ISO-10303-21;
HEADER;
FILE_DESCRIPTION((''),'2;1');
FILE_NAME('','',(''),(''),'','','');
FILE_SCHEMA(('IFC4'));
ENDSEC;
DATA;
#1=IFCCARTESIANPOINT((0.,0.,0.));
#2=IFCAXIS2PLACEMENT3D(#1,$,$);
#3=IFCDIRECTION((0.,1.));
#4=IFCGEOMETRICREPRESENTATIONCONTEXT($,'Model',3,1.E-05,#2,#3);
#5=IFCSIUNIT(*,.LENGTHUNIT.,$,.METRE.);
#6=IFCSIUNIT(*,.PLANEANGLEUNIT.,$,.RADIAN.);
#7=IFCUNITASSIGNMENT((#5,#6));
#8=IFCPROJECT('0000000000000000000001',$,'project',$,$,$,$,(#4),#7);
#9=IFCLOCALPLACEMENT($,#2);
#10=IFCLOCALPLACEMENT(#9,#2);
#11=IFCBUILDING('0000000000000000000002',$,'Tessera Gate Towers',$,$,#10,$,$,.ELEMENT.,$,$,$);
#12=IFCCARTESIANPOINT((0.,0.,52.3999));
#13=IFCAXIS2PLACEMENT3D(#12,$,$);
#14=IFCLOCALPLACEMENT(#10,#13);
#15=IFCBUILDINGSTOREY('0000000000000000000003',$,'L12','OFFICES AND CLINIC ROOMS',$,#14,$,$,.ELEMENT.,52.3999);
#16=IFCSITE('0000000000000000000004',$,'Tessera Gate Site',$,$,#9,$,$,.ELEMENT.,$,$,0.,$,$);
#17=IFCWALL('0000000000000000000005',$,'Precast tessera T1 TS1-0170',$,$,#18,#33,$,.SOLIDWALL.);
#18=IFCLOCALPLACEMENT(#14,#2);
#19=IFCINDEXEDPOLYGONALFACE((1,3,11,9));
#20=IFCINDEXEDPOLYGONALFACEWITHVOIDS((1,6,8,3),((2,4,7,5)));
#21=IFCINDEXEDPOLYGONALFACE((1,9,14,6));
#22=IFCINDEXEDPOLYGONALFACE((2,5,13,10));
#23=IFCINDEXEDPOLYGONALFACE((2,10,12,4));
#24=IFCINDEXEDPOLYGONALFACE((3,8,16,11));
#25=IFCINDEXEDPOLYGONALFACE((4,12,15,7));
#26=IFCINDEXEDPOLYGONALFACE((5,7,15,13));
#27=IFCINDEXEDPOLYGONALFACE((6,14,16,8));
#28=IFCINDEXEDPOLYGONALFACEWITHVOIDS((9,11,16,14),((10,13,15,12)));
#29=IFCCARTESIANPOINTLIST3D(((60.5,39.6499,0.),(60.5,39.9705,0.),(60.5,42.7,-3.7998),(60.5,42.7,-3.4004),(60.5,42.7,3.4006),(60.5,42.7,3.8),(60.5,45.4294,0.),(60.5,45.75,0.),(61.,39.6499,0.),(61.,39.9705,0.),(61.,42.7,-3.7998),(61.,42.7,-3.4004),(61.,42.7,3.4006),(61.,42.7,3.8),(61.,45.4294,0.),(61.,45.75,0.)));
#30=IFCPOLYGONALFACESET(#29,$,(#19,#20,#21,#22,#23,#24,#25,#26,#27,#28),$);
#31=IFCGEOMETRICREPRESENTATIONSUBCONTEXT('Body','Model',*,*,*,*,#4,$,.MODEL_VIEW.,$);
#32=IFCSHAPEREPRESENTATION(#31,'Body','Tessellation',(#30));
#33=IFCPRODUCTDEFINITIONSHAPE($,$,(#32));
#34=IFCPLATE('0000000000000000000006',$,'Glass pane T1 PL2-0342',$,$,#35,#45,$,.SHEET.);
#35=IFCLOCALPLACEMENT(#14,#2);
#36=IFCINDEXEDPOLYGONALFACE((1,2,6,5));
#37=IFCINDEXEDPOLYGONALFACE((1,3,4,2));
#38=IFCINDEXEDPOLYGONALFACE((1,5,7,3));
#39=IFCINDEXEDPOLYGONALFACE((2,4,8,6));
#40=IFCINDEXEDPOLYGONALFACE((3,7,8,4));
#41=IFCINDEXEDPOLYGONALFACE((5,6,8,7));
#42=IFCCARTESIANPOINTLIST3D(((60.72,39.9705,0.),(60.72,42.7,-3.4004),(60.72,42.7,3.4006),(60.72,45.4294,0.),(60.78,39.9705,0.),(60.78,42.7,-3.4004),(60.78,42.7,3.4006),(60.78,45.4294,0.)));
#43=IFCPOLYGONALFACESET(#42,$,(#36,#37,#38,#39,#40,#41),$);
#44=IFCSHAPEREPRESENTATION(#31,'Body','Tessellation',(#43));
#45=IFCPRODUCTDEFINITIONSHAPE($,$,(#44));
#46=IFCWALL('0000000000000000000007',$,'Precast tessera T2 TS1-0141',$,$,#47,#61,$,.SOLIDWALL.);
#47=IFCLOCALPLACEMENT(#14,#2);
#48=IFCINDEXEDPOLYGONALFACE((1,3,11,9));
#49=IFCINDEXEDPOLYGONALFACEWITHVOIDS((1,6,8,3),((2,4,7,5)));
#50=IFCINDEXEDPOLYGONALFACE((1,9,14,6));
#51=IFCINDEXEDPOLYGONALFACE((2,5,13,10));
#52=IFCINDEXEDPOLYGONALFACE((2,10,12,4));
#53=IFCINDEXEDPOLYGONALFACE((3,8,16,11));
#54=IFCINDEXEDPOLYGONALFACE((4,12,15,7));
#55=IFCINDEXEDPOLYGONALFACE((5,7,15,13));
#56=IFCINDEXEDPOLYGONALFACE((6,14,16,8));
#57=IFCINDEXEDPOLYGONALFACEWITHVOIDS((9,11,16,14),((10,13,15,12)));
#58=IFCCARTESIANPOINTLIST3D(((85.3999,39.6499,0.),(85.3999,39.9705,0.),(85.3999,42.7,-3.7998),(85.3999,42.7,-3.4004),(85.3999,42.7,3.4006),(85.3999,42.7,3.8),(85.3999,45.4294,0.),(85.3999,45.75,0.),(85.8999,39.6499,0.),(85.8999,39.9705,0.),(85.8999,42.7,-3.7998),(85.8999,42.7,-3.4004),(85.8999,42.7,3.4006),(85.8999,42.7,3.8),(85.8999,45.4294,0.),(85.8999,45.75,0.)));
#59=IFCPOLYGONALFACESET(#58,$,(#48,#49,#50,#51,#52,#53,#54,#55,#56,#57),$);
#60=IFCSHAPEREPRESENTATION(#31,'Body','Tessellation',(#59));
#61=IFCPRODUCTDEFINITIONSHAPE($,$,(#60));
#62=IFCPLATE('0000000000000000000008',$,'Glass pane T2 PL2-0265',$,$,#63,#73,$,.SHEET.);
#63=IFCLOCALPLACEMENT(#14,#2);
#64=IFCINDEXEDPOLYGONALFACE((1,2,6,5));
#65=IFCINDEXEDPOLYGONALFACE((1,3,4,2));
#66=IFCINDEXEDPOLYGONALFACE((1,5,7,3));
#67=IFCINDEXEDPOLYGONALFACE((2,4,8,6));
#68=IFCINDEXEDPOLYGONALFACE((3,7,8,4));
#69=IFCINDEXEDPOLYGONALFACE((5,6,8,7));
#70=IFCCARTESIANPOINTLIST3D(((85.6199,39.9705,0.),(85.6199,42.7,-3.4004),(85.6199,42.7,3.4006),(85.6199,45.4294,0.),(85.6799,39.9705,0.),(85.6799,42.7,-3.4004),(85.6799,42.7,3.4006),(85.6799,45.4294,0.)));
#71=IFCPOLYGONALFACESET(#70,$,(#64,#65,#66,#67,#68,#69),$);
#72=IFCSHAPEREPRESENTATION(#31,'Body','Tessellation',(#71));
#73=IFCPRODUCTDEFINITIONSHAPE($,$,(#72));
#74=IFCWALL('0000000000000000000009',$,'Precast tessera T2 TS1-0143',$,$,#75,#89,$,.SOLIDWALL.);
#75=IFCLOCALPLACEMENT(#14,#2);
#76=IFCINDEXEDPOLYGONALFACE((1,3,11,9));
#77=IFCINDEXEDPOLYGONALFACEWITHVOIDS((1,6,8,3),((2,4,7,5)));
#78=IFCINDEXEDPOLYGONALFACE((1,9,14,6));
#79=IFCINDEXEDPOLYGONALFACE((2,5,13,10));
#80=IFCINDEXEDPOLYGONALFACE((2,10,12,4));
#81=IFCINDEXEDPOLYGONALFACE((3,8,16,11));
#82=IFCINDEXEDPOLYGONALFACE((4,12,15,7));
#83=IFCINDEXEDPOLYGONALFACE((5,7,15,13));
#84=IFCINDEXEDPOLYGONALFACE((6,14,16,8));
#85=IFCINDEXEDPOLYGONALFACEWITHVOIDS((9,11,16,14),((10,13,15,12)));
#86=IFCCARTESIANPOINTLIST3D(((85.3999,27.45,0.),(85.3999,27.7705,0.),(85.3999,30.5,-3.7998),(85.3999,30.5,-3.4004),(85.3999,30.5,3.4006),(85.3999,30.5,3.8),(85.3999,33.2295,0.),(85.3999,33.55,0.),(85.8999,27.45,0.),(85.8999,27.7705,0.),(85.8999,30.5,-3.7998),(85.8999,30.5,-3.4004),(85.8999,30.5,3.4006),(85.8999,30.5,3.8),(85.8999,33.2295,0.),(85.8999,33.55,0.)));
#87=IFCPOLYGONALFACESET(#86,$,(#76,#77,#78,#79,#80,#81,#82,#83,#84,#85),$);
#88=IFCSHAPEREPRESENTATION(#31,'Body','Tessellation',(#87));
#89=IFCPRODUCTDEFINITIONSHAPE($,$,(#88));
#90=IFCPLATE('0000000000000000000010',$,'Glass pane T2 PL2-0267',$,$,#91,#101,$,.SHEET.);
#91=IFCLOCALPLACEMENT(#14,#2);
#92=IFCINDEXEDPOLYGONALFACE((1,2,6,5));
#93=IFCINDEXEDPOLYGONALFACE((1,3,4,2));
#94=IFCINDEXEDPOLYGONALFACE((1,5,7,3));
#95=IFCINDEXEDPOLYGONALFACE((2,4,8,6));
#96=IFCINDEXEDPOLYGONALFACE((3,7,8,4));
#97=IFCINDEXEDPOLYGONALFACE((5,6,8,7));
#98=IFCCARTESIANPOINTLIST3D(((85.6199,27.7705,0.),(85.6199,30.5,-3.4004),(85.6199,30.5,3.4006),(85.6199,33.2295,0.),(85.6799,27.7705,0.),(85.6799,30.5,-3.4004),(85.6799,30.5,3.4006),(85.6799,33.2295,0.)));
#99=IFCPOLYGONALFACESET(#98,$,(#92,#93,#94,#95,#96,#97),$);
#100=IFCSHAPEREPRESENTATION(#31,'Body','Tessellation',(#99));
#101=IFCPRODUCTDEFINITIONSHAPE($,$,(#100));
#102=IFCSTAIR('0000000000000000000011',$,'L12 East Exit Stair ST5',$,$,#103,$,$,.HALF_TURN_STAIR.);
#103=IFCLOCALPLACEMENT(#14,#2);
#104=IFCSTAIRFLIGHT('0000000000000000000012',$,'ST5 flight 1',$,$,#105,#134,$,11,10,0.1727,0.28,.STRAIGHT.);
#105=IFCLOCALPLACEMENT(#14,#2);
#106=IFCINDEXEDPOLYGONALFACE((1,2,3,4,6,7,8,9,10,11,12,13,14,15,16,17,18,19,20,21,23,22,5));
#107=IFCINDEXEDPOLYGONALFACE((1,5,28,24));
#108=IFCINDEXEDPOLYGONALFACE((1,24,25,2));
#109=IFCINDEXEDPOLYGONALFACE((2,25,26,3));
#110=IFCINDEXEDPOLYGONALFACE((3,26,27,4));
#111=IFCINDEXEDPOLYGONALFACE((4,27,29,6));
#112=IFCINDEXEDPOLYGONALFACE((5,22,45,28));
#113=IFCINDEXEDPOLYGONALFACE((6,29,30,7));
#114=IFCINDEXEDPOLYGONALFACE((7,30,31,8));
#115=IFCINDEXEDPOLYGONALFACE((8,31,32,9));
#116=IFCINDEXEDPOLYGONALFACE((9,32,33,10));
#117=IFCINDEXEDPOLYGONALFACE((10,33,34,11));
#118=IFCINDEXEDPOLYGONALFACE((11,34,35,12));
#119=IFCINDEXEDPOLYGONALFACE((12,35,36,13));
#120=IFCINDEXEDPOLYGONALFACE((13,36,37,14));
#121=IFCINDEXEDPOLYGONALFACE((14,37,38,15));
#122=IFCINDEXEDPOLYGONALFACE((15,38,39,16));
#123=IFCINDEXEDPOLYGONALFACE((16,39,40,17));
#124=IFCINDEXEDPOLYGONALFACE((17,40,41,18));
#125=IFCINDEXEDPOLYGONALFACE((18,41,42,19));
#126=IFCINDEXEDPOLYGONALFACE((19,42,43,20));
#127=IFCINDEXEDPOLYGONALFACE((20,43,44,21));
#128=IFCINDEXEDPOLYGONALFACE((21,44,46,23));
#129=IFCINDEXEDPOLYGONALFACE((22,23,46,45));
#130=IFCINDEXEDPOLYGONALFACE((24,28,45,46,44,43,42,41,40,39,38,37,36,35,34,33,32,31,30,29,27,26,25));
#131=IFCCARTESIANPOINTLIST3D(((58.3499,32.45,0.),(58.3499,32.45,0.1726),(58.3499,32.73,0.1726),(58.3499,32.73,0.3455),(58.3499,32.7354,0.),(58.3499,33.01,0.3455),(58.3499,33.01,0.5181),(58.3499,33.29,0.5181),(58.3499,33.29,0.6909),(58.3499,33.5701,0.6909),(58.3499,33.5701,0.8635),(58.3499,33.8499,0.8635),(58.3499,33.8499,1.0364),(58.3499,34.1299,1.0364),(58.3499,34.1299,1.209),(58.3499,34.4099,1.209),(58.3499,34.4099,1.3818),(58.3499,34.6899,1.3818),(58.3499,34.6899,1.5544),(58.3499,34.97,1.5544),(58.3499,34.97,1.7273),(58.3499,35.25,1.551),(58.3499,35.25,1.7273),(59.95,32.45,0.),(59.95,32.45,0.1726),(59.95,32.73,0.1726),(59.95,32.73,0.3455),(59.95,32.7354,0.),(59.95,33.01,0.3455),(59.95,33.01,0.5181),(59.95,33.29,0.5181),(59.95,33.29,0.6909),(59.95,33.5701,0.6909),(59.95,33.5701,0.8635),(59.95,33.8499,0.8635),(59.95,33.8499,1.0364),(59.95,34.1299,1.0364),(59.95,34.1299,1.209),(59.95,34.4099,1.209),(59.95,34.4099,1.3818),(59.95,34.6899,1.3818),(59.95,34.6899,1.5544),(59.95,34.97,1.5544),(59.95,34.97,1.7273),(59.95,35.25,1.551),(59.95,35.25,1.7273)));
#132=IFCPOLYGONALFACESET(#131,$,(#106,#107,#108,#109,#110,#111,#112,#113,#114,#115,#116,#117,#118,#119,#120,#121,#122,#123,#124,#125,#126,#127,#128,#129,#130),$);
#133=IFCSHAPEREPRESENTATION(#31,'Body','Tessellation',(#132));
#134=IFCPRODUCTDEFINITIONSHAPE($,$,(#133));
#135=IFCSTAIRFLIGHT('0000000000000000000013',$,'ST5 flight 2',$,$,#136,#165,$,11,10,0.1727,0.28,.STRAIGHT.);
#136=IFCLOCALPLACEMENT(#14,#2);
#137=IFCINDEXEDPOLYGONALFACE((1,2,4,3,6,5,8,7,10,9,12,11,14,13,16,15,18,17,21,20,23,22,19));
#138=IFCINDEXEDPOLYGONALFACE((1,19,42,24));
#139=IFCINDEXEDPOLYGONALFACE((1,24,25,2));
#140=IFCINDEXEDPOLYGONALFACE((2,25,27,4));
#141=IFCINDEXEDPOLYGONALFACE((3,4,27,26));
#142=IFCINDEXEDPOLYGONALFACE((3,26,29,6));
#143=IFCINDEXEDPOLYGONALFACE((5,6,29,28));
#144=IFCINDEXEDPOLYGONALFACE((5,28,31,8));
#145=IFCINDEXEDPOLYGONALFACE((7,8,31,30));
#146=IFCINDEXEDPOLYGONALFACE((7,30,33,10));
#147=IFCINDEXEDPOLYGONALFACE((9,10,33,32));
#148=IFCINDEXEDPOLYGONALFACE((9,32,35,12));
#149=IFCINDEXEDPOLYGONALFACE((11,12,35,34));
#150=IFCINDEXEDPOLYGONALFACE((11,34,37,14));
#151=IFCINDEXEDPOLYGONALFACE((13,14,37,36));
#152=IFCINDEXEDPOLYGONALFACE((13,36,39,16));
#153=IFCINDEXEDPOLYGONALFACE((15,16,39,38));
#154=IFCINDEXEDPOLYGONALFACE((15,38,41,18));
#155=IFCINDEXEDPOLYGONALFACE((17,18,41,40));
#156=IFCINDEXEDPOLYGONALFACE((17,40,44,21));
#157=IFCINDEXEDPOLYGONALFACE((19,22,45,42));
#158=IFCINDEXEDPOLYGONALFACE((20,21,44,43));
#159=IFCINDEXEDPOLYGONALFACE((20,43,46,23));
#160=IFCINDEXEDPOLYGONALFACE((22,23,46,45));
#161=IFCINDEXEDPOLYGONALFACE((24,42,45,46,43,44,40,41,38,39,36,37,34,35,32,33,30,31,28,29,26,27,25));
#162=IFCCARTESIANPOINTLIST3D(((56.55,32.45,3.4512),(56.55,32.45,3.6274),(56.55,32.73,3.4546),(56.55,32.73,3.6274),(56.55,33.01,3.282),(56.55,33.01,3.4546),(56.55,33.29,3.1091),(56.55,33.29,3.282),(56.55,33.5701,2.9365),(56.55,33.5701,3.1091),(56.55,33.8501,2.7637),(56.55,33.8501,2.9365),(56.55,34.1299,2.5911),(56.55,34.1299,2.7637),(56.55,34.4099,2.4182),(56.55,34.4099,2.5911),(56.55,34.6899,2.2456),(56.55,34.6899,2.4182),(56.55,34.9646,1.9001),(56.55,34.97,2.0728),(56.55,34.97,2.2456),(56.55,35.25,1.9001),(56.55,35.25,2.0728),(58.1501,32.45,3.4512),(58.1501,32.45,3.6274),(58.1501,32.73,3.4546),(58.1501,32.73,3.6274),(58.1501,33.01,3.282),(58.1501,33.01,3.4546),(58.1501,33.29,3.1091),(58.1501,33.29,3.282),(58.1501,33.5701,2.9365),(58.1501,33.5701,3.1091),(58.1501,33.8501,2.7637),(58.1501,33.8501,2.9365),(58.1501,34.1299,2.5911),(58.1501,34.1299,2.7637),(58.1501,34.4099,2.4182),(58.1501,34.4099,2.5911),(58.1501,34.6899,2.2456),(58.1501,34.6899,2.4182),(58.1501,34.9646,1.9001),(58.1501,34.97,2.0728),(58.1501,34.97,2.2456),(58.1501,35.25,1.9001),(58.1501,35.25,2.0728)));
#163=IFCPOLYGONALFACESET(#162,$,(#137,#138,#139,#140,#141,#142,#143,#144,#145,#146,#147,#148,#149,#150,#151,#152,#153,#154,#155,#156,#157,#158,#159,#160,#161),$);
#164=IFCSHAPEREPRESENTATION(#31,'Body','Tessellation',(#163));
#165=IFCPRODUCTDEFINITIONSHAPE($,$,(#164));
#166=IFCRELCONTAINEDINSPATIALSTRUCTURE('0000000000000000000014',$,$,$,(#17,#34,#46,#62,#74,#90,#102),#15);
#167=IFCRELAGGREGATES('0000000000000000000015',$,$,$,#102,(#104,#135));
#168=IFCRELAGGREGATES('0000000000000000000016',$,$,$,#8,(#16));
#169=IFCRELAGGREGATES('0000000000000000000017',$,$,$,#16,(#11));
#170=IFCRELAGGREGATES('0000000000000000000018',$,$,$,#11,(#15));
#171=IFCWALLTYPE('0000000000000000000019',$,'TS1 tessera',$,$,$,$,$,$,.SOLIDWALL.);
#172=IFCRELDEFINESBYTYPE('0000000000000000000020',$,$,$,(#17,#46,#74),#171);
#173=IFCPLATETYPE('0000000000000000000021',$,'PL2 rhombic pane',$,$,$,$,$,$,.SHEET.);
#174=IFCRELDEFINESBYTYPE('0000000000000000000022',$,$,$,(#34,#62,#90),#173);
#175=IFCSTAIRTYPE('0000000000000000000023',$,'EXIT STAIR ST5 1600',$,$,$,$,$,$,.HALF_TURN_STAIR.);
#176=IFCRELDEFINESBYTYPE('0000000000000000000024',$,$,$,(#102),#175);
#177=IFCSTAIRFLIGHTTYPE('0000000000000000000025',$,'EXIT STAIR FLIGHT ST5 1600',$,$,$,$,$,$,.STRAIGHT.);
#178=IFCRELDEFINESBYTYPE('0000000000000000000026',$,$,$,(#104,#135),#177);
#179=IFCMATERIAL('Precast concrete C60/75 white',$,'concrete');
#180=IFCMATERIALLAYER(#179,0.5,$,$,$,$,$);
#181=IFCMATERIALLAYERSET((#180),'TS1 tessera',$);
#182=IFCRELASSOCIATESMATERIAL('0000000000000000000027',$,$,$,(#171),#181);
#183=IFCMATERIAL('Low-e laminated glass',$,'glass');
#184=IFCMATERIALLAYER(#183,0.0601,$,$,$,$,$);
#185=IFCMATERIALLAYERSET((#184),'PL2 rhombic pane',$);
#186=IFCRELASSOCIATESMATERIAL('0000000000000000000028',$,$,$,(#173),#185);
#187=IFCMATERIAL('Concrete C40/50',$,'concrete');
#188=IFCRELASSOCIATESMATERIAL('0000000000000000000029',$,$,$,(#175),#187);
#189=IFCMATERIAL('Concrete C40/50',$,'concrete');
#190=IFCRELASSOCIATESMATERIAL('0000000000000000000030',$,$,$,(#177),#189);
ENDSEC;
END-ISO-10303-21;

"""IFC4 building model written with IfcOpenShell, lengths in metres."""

from ifc_helpers import new_model, si_unit, direction, frame, origin, place, context, subcontext, project, spatial, polyline, outline, extrude, source, transform, mapped, material, layer, layer_set, type_object, element, fill, aggregate, save


model = new_model("IFC4")

# Units and contexts
model_context = context("Model", 3, precision=1e-05, world=origin(), true_north=direction((0.0, 1.0)))
body_context = subcontext(model_context, "Body", "Model", "MODEL_VIEW")
ifc_project = project(units=[si_unit("LENGTHUNIT", "METRE"), si_unit("PLANEANGLEUNIT", "RADIAN")], contexts=[model_context])

# Site, building, storey
site_placement = place(None, origin())
site = spatial("IfcSite", under=ifc_project, at=site_placement, Name="Tessera Gate Site", CompositionType="ELEMENT", RefElevation=0.0)
building_placement = place(site_placement, origin())
building = spatial("IfcBuilding", under=site, at=building_placement, Name="Tessera Gate Towers", CompositionType="ELEMENT")
storey_placement = place(building_placement, frame((0.0, 0.0, 52.3999)))
storey = spatial("IfcBuildingStorey", under=building, at=storey_placement, Name="L12", Description="OFFICES AND CLINIC ROOMS", CompositionType="ELEMENT", Elevation=52.3999)

# Walls, openings, plates
ifc_material_1 = material(Name="Precast concrete C60/75 white", Category="concrete")
ifc_layer_1 = layer(ifc_material_1, 0.5)
ifc_layer_set_1 = layer_set([ifc_layer_1], Name="TS1 tessera")
wall_type_1 = type_object("IfcWallType", Name="TS1 tessera", PredefinedType="SOLIDWALL", material=ifc_layer_set_1)
shared_shape_1 = source(origin(), body_context, "Body", "SweptSolid", [
    extrude(outline(polyline([(3.05, 0.0), (6.1001, 3.7998), (3.05, 7.5999), (0.0, 3.7998), (3.05, 0.0)])), frame((0.0, 0.25, 0.0), z_axis=(0.0, -1.0, 0.0), x_axis=(1.0, 0.0, 0.0)), (0.0, 0.0, 1.0), 0.5),
])
wall_1_placement = place(storey_placement, frame((60.75, 39.6499, -3.7998), z_axis=(0.0, 0.0, 1.0), x_axis=(0.0, 1.0, 0.0)))
wall_1 = element("IfcWall", 1, at=wall_1_placement, inside=storey, type_object=wall_type_1, Name="Precast tessera T1 TS1-0170", PredefinedType="SOLIDWALL", context=body_context, shape_type="MappedRepresentation", body=[
    mapped(shared_shape_1, transform((0.0, 0.0, 0.0), scale=1.0)),
])
shared_shape_2 = source(origin(), body_context, "Body", "SweptSolid", [
    extrude(outline(polyline([(3.05, 0.3994), (5.7795, 3.7998), (3.05, 7.2004), (0.3206, 3.7998), (3.05, 0.3994)])), frame((0.0, 0.26, 0.0), z_axis=(0.0, -1.0, 0.0), x_axis=(1.0, 0.0, 0.0)), (0.0, 0.0, 1.0), 0.52),
])
opening_1_placement = place(wall_1_placement, origin())
opening_1 = element("IfcOpeningElement", 2, at=opening_1_placement, cuts=wall_1, PredefinedType="OPENING", context=body_context, shape_type="MappedRepresentation", body=[
    mapped(shared_shape_2, transform((0.0, 0.0, 0.0), scale=1.0)),
])
ifc_material_2 = material(Name="Low-e laminated glass", Category="glass")
ifc_layer_2 = layer(ifc_material_2, 0.0601)
ifc_layer_set_2 = layer_set([ifc_layer_2], Name="PL2 rhombic pane")
plate_type = type_object("IfcPlateType", Name="PL2 rhombic pane", PredefinedType="SHEET", material=ifc_layer_set_2)
shared_shape_3 = source(origin(), body_context, "Body", "SweptSolid", [
    extrude(outline(polyline([(3.05, 0.3994), (5.7795, 3.7998), (3.05, 7.2004), (0.3206, 3.7998), (3.05, 0.3994)])), frame((0.0, 0.03, 0.0), z_axis=(0.0, -1.0, 0.0), x_axis=(1.0, 0.0, 0.0)), (0.0, 0.0, 1.0), 0.0601),
])
plate_1_placement = place(opening_1_placement, origin())
plate_1 = element("IfcPlate", 3, at=plate_1_placement, inside=storey, type_object=plate_type, Name="Glass pane T1 PL2-0342", PredefinedType="SHEET", context=body_context, shape_type="MappedRepresentation", body=[
    mapped(shared_shape_3, transform((0.0, 0.0, 0.0), scale=1.0)),
])
fill(opening_1, plate_1)
wall_2_placement = place(storey_placement, frame((85.6499, 45.75, -3.7998), z_axis=(0.0, 0.0, 1.0), x_axis=(0.0, -1.0, 0.0)))
wall_2 = element("IfcWall", 4, at=wall_2_placement, inside=storey, type_object=wall_type_1, Name="Precast tessera T2 TS1-0141", PredefinedType="SOLIDWALL", context=body_context, shape_type="MappedRepresentation", body=[
    mapped(shared_shape_1, transform((0.0, 0.0, 0.0), scale=1.0)),
])
opening_2_placement = place(wall_2_placement, origin())
opening_2 = element("IfcOpeningElement", 5, at=opening_2_placement, cuts=wall_2, PredefinedType="OPENING", context=body_context, shape_type="MappedRepresentation", body=[
    mapped(shared_shape_2, transform((0.0, 0.0, 0.0), scale=1.0)),
])
plate_2_placement = place(opening_2_placement, origin())
plate_2 = element("IfcPlate", 6, at=plate_2_placement, inside=storey, type_object=plate_type, Name="Glass pane T2 PL2-0265", PredefinedType="SHEET", context=body_context, shape_type="MappedRepresentation", body=[
    mapped(shared_shape_3, transform((0.0, 0.0, 0.0), scale=1.0)),
])
fill(opening_2, plate_2)
wall_3_placement = place(storey_placement, frame((85.6499, 33.55, -3.7998), z_axis=(0.0, 0.0, 1.0), x_axis=(0.0, -1.0, 0.0)))
wall_3 = element("IfcWall", 7, at=wall_3_placement, inside=storey, type_object=wall_type_1, Name="Precast tessera T2 TS1-0143", PredefinedType="SOLIDWALL", context=body_context, shape_type="MappedRepresentation", body=[
    mapped(shared_shape_1, transform((0.0, 0.0, 0.0), scale=1.0)),
])
opening_3_placement = place(wall_3_placement, origin())
opening_3 = element("IfcOpeningElement", 8, at=opening_3_placement, cuts=wall_3, PredefinedType="OPENING", context=body_context, shape_type="MappedRepresentation", body=[
    mapped(shared_shape_2, transform((0.0, 0.0, 0.0), scale=1.0)),
])
plate_3_placement = place(opening_3_placement, origin())
plate_3 = element("IfcPlate", 9, at=plate_3_placement, inside=storey, type_object=plate_type, Name="Glass pane T2 PL2-0267", PredefinedType="SHEET", context=body_context, shape_type="MappedRepresentation", body=[
    mapped(shared_shape_3, transform((0.0, 0.0, 0.0), scale=1.0)),
])
fill(opening_3, plate_3)

# Stair, stair flights
ifc_material_3 = material(Name="Concrete C40/50", Category="concrete")
stair_type = type_object("IfcStairType", Name="EXIT STAIR ST5 1600", PredefinedType="HALF_TURN_STAIR", material=ifc_material_3)
stair_placement = place(storey_placement, origin())
stair = element("IfcStair", 10, at=stair_placement, inside=storey, type_object=stair_type, Name="L12 East Exit Stair ST5", PredefinedType="HALF_TURN_STAIR")
ifc_material_4 = material(Name="Concrete C40/50", Category="concrete")
stair_flight_type = type_object("IfcStairFlightType", Name="EXIT STAIR FLIGHT ST5 1600", PredefinedType="STRAIGHT", material=ifc_material_4)
stair_flight_1_placement = place(storey_placement, frame((59.1499, 32.45, 0.0), z_axis=(0.0, 0.0, 1.0), x_axis=(0.0, 1.0, 0.0)))
stair_flight_1 = element("IfcStairFlight", 11, at=stair_flight_1_placement, type_object=stair_flight_type, Name="ST5 flight 1", NumberOfRisers=11, NumberOfTreads=10, PredefinedType="STRAIGHT", RiserHeight=0.1727, TreadLength=0.28, context=body_context, shape_type="SweptSolid", body=[
    extrude(outline(polyline([(0.0, 0.0), (0.0, 0.1726), (0.28, 0.1726), (0.28, 0.3455), (0.5601, 0.3455), (0.5601, 0.5181), (0.8401, 0.5181), (0.8401, 0.6909), (1.1201, 0.6909), (1.1201, 0.8635), (1.3999, 0.8635), (1.3999, 1.0364), (1.6799, 1.0364), (1.6799, 1.209), (1.96, 1.209), (1.96, 1.3818), (2.24, 1.3818), (2.24, 1.5544), (2.52, 1.5544), (2.52, 1.7273), (2.8, 1.7273), (2.8, 1.8999), (2.8, 1.551), (0.2854, 0.0), (0.0, 0.0)])), frame((0.0, 0.8, 0.0), z_axis=(0.0, -1.0, 0.0), x_axis=(1.0, 0.0, 0.0)), (0.0, 0.0, 1.0), 1.6001),
])
stair_flight_2_placement = place(storey_placement, frame((57.3501, 35.25, 1.9001), z_axis=(0.0, 0.0, 1.0), x_axis=(0.0, -1.0, 0.0)))
stair_flight_2 = element("IfcStairFlight", 12, at=stair_flight_2_placement, type_object=stair_flight_type, Name="ST5 flight 2", NumberOfRisers=11, NumberOfTreads=10, PredefinedType="STRAIGHT", RiserHeight=0.1727, TreadLength=0.28, context=body_context, shape_type="SweptSolid", body=[
    extrude(outline(polyline([(0.0, 0.0), (0.0, 0.1726), (0.28, 0.1726), (0.28, 0.3455), (0.5601, 0.3455), (0.5601, 0.5181), (0.8401, 0.5181), (0.8401, 0.6909), (1.1201, 0.6909), (1.1201, 0.8635), (1.3999, 0.8635), (1.3999, 1.0364), (1.6799, 1.0364), (1.6799, 1.209), (1.96, 1.209), (1.96, 1.3818), (2.24, 1.3818), (2.24, 1.5544), (2.52, 1.5544), (2.52, 1.7273), (2.8, 1.7273), (2.8, 1.8999), (2.8, 1.551), (0.2854, 0.0), (0.0, 0.0)])), frame((0.0, 0.8, 0.0), z_axis=(0.0, -1.0, 0.0), x_axis=(1.0, 0.0, 0.0)), (0.0, 0.0, 1.0), 1.6001),
])
aggregate(stair, [stair_flight_1, stair_flight_2])

save(model, "model.ifc")
